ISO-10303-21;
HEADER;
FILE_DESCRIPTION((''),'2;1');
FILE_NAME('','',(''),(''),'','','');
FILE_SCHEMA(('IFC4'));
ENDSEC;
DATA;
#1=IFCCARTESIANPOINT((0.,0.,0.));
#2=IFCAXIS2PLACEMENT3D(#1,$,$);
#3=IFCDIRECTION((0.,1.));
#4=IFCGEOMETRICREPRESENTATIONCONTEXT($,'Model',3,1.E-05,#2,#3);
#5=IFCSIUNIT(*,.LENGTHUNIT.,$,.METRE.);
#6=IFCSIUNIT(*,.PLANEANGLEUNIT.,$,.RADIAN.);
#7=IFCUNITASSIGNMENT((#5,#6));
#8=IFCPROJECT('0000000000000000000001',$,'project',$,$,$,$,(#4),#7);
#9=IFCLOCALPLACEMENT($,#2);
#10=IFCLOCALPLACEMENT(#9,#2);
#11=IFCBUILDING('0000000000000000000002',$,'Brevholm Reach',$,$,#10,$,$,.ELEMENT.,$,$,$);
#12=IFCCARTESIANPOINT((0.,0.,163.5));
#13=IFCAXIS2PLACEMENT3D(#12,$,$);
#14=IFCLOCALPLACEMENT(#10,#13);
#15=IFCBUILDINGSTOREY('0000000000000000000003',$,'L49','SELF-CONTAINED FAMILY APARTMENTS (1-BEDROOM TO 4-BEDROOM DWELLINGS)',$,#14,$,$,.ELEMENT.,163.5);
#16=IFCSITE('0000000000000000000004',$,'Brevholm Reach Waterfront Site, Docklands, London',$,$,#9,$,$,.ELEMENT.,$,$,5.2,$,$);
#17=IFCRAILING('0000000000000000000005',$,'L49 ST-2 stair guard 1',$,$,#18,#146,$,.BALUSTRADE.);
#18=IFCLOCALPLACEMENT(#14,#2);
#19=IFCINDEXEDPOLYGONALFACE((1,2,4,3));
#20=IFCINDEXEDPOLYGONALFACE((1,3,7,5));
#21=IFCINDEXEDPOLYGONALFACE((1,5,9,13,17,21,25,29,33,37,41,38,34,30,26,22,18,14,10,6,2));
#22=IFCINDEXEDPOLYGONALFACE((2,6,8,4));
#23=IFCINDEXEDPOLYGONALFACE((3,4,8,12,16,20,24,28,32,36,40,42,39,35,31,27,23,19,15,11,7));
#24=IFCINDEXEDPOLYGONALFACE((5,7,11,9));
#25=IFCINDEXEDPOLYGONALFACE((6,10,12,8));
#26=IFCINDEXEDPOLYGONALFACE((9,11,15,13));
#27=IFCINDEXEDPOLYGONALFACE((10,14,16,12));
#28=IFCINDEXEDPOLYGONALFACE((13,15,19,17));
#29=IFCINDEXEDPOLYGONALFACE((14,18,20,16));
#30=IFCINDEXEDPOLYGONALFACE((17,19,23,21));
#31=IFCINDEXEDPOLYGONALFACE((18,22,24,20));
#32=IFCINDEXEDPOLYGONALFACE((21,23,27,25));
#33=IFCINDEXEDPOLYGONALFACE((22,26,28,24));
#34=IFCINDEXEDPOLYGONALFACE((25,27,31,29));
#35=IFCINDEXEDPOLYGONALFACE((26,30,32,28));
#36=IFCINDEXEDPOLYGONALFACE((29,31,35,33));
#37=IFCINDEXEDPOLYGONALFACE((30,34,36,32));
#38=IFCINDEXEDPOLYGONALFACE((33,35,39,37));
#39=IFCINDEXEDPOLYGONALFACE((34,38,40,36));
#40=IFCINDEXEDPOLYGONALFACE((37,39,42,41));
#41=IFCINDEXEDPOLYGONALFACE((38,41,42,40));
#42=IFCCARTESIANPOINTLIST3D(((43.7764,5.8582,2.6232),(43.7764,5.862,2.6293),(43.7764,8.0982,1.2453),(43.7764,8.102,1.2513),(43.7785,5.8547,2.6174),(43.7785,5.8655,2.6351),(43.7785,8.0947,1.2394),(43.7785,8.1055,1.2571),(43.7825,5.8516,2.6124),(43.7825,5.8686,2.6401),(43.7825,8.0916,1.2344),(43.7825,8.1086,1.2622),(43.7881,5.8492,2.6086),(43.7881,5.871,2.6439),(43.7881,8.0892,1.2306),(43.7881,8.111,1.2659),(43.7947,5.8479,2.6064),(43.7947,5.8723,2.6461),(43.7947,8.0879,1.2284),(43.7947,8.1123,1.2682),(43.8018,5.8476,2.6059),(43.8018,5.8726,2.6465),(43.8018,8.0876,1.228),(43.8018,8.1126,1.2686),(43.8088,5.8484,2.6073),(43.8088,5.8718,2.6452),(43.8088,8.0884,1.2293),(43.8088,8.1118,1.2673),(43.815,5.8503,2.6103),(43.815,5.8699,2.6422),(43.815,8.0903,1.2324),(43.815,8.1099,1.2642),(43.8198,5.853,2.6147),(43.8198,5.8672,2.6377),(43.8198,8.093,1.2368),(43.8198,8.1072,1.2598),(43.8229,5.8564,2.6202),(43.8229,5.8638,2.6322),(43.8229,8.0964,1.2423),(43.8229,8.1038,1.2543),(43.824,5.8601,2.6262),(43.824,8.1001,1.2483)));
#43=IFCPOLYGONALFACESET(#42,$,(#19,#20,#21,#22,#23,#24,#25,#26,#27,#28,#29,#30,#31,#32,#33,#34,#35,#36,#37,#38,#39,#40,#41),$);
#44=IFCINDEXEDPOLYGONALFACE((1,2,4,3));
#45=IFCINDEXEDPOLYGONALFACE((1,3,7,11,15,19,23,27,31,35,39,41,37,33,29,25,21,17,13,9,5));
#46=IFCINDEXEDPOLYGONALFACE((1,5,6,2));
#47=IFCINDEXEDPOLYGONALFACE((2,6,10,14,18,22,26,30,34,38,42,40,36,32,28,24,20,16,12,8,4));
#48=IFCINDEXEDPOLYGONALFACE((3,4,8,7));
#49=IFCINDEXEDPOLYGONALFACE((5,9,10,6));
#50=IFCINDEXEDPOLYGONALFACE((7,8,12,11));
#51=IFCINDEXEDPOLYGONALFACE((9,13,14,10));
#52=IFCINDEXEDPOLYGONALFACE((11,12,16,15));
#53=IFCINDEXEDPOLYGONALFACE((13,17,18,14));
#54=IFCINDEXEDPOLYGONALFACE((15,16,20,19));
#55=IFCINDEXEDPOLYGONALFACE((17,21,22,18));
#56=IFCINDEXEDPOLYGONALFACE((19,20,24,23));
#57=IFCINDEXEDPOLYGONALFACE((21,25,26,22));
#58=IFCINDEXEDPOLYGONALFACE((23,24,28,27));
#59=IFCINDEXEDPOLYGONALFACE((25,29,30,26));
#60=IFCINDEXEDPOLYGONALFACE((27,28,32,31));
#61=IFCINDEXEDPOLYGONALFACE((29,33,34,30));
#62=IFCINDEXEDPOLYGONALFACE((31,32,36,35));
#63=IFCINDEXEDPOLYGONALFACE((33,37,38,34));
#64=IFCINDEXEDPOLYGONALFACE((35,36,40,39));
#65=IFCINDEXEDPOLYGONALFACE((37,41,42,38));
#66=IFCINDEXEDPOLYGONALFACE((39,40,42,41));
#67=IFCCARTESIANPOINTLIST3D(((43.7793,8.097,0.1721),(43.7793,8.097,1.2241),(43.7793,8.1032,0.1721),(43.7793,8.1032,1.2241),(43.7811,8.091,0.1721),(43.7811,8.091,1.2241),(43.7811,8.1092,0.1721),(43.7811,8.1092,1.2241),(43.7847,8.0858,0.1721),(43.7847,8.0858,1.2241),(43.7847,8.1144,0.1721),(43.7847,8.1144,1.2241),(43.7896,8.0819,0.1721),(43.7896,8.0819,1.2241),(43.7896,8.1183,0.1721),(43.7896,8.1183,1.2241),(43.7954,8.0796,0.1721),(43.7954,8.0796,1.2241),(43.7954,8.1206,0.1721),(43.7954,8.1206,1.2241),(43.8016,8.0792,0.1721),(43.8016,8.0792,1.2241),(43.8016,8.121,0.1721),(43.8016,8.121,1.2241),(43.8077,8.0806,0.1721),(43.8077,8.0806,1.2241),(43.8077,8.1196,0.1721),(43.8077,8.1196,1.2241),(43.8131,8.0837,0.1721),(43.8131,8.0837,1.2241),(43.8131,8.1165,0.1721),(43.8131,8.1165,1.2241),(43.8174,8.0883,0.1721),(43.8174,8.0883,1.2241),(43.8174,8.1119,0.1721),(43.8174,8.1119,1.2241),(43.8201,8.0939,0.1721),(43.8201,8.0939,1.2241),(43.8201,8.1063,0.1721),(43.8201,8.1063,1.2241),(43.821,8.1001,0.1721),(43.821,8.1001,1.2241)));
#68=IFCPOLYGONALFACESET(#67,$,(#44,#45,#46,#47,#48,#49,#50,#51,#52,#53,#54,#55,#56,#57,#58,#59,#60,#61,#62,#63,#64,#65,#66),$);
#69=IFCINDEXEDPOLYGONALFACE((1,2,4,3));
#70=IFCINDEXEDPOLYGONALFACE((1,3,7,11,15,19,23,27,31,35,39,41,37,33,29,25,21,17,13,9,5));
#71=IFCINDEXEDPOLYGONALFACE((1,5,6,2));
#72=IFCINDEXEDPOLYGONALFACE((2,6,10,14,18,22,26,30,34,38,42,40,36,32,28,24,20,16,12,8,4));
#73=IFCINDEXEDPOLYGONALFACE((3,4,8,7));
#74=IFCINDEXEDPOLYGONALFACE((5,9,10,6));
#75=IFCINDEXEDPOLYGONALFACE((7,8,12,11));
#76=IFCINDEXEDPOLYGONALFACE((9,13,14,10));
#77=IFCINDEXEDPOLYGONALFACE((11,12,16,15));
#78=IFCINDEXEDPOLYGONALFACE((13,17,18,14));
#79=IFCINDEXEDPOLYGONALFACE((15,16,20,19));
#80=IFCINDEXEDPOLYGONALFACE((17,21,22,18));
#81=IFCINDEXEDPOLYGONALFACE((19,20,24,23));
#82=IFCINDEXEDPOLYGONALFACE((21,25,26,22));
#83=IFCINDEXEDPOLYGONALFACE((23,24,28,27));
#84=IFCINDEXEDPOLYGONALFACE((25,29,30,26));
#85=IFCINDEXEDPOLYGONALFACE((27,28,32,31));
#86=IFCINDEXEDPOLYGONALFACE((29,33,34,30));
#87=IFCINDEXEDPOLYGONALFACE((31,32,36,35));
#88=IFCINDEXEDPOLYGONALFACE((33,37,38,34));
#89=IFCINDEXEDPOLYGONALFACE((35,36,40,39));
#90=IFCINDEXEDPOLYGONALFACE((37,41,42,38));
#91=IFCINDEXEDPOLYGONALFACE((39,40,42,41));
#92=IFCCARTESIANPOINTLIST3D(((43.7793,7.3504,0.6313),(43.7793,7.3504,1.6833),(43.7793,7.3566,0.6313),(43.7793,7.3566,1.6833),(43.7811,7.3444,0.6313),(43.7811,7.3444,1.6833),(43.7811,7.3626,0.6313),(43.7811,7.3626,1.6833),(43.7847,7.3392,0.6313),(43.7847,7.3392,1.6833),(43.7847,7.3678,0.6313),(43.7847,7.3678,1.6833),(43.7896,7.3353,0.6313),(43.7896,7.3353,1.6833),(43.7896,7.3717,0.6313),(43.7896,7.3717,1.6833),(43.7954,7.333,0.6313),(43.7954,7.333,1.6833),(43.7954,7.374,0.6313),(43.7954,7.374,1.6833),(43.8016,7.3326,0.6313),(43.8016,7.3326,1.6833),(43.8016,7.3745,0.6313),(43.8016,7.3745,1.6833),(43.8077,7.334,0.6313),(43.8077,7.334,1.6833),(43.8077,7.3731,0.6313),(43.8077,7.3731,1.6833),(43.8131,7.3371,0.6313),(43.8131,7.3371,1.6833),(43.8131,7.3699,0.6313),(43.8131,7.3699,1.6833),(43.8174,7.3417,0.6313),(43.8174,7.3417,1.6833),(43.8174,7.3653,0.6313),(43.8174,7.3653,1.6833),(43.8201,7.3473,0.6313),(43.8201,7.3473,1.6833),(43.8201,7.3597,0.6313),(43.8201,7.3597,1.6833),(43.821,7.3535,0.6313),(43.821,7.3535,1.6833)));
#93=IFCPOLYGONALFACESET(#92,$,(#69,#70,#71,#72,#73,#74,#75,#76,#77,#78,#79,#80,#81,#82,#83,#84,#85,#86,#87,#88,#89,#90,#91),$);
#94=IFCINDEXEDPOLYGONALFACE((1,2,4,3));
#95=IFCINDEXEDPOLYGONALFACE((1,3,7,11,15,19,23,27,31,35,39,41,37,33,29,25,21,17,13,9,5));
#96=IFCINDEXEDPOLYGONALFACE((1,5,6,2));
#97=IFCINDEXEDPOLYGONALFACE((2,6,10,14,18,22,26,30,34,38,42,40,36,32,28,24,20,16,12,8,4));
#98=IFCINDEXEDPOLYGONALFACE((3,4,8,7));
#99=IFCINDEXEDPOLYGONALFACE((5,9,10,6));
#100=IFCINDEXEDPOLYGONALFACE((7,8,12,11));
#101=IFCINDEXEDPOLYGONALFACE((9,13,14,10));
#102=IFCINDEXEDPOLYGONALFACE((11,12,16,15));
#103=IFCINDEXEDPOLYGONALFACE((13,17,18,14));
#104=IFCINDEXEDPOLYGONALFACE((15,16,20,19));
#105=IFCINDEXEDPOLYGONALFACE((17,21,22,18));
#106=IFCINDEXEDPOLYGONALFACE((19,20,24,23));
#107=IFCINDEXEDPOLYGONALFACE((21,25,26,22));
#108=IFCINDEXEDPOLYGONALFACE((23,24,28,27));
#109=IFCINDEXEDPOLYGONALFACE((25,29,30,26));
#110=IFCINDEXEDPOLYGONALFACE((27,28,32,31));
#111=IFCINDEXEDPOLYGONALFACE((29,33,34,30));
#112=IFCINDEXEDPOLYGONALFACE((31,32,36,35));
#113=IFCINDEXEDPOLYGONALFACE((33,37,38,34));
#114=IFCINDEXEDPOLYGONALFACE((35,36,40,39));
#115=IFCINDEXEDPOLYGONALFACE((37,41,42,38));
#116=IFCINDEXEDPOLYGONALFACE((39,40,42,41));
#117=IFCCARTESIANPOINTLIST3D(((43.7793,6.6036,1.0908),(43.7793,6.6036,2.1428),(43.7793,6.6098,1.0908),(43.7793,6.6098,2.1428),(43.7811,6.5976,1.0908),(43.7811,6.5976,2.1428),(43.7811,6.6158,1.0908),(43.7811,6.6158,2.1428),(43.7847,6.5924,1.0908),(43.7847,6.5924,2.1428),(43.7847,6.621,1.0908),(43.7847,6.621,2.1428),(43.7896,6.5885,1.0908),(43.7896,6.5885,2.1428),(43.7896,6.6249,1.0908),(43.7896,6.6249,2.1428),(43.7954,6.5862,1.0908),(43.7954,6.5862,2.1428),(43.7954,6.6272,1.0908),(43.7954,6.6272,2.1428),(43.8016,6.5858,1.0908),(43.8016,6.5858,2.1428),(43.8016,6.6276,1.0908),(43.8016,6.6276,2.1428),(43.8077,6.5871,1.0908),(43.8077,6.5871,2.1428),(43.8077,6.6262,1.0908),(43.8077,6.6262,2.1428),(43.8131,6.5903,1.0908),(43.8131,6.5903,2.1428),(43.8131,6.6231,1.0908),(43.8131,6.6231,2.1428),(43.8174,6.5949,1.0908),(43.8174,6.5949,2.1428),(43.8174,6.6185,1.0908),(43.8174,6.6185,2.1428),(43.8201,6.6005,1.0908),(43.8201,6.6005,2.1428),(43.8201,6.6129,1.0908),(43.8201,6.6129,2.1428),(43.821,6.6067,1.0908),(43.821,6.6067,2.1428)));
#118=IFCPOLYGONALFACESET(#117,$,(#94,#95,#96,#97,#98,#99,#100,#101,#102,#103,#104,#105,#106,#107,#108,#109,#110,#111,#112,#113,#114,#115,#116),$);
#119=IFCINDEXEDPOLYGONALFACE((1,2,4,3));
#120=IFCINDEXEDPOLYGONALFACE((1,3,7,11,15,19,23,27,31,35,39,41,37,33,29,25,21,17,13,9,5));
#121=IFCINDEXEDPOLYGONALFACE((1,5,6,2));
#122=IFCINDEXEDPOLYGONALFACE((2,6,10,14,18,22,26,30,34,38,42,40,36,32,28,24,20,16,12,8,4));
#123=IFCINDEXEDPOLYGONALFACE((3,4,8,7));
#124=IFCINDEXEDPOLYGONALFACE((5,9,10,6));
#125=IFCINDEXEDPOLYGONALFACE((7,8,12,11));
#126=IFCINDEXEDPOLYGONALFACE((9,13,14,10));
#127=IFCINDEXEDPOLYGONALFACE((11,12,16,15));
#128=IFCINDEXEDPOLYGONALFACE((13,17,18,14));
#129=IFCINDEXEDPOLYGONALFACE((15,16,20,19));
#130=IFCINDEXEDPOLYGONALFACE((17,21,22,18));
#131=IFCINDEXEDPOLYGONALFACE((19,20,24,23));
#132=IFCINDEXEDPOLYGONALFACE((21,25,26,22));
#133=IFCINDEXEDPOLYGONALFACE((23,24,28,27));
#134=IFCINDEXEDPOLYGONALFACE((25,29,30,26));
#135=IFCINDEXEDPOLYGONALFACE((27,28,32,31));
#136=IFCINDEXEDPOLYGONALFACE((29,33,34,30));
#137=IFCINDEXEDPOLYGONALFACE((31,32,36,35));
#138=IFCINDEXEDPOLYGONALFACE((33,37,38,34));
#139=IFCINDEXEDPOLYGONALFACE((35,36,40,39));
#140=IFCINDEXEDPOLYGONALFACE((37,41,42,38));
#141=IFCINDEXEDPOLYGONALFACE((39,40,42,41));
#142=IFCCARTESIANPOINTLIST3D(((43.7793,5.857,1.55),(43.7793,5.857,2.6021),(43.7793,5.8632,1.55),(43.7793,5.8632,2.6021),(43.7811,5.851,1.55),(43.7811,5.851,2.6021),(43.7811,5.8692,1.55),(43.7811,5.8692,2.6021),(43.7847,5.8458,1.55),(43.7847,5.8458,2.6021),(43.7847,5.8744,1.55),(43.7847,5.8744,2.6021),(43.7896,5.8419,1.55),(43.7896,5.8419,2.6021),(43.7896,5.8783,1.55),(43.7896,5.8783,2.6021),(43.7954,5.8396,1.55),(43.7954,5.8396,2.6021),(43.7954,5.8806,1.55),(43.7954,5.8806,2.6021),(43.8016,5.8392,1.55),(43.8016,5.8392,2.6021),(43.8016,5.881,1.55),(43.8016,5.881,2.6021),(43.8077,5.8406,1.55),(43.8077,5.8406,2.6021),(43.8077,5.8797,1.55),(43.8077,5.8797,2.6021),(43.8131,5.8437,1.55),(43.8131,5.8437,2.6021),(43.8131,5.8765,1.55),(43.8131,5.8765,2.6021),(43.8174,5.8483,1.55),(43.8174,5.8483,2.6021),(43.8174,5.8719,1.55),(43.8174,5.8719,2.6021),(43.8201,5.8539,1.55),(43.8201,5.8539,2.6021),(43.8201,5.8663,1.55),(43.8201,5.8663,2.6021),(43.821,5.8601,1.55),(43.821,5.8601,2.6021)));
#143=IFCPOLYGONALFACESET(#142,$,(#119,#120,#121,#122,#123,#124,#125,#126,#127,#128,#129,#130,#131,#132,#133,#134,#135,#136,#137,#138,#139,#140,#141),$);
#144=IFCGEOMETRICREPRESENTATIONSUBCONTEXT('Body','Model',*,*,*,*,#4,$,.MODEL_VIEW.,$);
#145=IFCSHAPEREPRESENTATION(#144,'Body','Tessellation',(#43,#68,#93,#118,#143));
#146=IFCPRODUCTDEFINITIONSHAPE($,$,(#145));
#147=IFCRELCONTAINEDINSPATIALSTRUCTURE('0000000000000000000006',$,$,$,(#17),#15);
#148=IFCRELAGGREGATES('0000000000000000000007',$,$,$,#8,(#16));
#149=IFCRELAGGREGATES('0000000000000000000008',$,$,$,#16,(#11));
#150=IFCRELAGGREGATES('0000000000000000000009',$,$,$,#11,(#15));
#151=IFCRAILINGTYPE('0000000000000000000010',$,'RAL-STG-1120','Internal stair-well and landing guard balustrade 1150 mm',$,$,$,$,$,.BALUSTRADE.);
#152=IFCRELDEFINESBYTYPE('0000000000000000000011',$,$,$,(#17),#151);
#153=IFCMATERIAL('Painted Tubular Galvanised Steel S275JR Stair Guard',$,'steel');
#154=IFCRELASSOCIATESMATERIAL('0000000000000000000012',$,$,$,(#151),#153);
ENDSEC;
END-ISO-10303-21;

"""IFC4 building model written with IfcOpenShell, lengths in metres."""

from ifc_helpers import new_model, si_unit, direction, frame, origin, origin_2d, place, context, subcontext, project, spatial, circle, extrude, material, type_object, element, save


model = new_model("IFC4")

# Units and contexts
model_context = context("Model", 3, precision=1e-05, world=origin(), true_north=direction((0.0, 1.0)))
body_context = subcontext(model_context, "Body", "Model", "MODEL_VIEW")
ifc_project = project(units=[si_unit("LENGTHUNIT", "METRE"), si_unit("PLANEANGLEUNIT", "RADIAN")], contexts=[model_context])

# Site, building, storey
site_placement = place(None, origin())
site = spatial("IfcSite", under=ifc_project, at=site_placement, Name="Brevholm Reach Waterfront Site, Docklands, London", CompositionType="ELEMENT", RefElevation=5.2)
building_placement = place(site_placement, origin())
building = spatial("IfcBuilding", under=site, at=building_placement, Name="Brevholm Reach", CompositionType="ELEMENT")
storey_placement = place(building_placement, frame((0.0, 0.0, 163.5)))
storey = spatial("IfcBuildingStorey", under=building, at=storey_placement, Name="L49", Description="SELF-CONTAINED FAMILY APARTMENTS (1-BEDROOM TO 4-BEDROOM DWELLINGS)", CompositionType="ELEMENT", Elevation=163.5)

# Railing
ifc_material_1 = material(Name="Painted Tubular Galvanised Steel S275JR Stair Guard", Category="steel")
railing_type_1 = type_object("IfcRailingType", Name="RAL-STG-1120", Description="Internal stair-well and landing guard balustrade 1150 mm", PredefinedType="BALUSTRADE", material=ifc_material_1)
railing_1_placement = place(storey_placement, frame((43.8, 8.1001, 0.1721)))
element("IfcRailing", 1, at=railing_1_placement, inside=storey, type_object=railing_type_1, Name="L49 ST-2 stair guard 1", PredefinedType="BALUSTRADE", context=body_context, shape_type="SweptSolid", body=[
    extrude(circle(Radius=0.0239, at=origin_2d()), frame((0.0, 0.0, 1.0762), z_axis=(0.0, -0.851748, 0.523952), x_axis=(1.0, 0.0, 0.0)), (0.0, 0.0, 1.0), 2.6299),
    extrude(circle(Radius=0.021, at=origin_2d()), origin(), (0.0, 0.0, 1.0), 1.052),
    extrude(circle(Radius=0.021, at=origin_2d()), frame((0.0, -0.7466, 0.4592)), (0.0, 0.0, 1.0), 1.052),
    extrude(circle(Radius=0.021, at=origin_2d()), frame((0.0, -1.4934, 0.9187)), (0.0, 0.0, 1.0), 1.052),
    extrude(circle(Radius=0.021, at=origin_2d()), frame((0.0, -2.24, 1.3779)), (0.0, 0.0, 1.0), 1.052),
])

save(model, "model.ifc")
